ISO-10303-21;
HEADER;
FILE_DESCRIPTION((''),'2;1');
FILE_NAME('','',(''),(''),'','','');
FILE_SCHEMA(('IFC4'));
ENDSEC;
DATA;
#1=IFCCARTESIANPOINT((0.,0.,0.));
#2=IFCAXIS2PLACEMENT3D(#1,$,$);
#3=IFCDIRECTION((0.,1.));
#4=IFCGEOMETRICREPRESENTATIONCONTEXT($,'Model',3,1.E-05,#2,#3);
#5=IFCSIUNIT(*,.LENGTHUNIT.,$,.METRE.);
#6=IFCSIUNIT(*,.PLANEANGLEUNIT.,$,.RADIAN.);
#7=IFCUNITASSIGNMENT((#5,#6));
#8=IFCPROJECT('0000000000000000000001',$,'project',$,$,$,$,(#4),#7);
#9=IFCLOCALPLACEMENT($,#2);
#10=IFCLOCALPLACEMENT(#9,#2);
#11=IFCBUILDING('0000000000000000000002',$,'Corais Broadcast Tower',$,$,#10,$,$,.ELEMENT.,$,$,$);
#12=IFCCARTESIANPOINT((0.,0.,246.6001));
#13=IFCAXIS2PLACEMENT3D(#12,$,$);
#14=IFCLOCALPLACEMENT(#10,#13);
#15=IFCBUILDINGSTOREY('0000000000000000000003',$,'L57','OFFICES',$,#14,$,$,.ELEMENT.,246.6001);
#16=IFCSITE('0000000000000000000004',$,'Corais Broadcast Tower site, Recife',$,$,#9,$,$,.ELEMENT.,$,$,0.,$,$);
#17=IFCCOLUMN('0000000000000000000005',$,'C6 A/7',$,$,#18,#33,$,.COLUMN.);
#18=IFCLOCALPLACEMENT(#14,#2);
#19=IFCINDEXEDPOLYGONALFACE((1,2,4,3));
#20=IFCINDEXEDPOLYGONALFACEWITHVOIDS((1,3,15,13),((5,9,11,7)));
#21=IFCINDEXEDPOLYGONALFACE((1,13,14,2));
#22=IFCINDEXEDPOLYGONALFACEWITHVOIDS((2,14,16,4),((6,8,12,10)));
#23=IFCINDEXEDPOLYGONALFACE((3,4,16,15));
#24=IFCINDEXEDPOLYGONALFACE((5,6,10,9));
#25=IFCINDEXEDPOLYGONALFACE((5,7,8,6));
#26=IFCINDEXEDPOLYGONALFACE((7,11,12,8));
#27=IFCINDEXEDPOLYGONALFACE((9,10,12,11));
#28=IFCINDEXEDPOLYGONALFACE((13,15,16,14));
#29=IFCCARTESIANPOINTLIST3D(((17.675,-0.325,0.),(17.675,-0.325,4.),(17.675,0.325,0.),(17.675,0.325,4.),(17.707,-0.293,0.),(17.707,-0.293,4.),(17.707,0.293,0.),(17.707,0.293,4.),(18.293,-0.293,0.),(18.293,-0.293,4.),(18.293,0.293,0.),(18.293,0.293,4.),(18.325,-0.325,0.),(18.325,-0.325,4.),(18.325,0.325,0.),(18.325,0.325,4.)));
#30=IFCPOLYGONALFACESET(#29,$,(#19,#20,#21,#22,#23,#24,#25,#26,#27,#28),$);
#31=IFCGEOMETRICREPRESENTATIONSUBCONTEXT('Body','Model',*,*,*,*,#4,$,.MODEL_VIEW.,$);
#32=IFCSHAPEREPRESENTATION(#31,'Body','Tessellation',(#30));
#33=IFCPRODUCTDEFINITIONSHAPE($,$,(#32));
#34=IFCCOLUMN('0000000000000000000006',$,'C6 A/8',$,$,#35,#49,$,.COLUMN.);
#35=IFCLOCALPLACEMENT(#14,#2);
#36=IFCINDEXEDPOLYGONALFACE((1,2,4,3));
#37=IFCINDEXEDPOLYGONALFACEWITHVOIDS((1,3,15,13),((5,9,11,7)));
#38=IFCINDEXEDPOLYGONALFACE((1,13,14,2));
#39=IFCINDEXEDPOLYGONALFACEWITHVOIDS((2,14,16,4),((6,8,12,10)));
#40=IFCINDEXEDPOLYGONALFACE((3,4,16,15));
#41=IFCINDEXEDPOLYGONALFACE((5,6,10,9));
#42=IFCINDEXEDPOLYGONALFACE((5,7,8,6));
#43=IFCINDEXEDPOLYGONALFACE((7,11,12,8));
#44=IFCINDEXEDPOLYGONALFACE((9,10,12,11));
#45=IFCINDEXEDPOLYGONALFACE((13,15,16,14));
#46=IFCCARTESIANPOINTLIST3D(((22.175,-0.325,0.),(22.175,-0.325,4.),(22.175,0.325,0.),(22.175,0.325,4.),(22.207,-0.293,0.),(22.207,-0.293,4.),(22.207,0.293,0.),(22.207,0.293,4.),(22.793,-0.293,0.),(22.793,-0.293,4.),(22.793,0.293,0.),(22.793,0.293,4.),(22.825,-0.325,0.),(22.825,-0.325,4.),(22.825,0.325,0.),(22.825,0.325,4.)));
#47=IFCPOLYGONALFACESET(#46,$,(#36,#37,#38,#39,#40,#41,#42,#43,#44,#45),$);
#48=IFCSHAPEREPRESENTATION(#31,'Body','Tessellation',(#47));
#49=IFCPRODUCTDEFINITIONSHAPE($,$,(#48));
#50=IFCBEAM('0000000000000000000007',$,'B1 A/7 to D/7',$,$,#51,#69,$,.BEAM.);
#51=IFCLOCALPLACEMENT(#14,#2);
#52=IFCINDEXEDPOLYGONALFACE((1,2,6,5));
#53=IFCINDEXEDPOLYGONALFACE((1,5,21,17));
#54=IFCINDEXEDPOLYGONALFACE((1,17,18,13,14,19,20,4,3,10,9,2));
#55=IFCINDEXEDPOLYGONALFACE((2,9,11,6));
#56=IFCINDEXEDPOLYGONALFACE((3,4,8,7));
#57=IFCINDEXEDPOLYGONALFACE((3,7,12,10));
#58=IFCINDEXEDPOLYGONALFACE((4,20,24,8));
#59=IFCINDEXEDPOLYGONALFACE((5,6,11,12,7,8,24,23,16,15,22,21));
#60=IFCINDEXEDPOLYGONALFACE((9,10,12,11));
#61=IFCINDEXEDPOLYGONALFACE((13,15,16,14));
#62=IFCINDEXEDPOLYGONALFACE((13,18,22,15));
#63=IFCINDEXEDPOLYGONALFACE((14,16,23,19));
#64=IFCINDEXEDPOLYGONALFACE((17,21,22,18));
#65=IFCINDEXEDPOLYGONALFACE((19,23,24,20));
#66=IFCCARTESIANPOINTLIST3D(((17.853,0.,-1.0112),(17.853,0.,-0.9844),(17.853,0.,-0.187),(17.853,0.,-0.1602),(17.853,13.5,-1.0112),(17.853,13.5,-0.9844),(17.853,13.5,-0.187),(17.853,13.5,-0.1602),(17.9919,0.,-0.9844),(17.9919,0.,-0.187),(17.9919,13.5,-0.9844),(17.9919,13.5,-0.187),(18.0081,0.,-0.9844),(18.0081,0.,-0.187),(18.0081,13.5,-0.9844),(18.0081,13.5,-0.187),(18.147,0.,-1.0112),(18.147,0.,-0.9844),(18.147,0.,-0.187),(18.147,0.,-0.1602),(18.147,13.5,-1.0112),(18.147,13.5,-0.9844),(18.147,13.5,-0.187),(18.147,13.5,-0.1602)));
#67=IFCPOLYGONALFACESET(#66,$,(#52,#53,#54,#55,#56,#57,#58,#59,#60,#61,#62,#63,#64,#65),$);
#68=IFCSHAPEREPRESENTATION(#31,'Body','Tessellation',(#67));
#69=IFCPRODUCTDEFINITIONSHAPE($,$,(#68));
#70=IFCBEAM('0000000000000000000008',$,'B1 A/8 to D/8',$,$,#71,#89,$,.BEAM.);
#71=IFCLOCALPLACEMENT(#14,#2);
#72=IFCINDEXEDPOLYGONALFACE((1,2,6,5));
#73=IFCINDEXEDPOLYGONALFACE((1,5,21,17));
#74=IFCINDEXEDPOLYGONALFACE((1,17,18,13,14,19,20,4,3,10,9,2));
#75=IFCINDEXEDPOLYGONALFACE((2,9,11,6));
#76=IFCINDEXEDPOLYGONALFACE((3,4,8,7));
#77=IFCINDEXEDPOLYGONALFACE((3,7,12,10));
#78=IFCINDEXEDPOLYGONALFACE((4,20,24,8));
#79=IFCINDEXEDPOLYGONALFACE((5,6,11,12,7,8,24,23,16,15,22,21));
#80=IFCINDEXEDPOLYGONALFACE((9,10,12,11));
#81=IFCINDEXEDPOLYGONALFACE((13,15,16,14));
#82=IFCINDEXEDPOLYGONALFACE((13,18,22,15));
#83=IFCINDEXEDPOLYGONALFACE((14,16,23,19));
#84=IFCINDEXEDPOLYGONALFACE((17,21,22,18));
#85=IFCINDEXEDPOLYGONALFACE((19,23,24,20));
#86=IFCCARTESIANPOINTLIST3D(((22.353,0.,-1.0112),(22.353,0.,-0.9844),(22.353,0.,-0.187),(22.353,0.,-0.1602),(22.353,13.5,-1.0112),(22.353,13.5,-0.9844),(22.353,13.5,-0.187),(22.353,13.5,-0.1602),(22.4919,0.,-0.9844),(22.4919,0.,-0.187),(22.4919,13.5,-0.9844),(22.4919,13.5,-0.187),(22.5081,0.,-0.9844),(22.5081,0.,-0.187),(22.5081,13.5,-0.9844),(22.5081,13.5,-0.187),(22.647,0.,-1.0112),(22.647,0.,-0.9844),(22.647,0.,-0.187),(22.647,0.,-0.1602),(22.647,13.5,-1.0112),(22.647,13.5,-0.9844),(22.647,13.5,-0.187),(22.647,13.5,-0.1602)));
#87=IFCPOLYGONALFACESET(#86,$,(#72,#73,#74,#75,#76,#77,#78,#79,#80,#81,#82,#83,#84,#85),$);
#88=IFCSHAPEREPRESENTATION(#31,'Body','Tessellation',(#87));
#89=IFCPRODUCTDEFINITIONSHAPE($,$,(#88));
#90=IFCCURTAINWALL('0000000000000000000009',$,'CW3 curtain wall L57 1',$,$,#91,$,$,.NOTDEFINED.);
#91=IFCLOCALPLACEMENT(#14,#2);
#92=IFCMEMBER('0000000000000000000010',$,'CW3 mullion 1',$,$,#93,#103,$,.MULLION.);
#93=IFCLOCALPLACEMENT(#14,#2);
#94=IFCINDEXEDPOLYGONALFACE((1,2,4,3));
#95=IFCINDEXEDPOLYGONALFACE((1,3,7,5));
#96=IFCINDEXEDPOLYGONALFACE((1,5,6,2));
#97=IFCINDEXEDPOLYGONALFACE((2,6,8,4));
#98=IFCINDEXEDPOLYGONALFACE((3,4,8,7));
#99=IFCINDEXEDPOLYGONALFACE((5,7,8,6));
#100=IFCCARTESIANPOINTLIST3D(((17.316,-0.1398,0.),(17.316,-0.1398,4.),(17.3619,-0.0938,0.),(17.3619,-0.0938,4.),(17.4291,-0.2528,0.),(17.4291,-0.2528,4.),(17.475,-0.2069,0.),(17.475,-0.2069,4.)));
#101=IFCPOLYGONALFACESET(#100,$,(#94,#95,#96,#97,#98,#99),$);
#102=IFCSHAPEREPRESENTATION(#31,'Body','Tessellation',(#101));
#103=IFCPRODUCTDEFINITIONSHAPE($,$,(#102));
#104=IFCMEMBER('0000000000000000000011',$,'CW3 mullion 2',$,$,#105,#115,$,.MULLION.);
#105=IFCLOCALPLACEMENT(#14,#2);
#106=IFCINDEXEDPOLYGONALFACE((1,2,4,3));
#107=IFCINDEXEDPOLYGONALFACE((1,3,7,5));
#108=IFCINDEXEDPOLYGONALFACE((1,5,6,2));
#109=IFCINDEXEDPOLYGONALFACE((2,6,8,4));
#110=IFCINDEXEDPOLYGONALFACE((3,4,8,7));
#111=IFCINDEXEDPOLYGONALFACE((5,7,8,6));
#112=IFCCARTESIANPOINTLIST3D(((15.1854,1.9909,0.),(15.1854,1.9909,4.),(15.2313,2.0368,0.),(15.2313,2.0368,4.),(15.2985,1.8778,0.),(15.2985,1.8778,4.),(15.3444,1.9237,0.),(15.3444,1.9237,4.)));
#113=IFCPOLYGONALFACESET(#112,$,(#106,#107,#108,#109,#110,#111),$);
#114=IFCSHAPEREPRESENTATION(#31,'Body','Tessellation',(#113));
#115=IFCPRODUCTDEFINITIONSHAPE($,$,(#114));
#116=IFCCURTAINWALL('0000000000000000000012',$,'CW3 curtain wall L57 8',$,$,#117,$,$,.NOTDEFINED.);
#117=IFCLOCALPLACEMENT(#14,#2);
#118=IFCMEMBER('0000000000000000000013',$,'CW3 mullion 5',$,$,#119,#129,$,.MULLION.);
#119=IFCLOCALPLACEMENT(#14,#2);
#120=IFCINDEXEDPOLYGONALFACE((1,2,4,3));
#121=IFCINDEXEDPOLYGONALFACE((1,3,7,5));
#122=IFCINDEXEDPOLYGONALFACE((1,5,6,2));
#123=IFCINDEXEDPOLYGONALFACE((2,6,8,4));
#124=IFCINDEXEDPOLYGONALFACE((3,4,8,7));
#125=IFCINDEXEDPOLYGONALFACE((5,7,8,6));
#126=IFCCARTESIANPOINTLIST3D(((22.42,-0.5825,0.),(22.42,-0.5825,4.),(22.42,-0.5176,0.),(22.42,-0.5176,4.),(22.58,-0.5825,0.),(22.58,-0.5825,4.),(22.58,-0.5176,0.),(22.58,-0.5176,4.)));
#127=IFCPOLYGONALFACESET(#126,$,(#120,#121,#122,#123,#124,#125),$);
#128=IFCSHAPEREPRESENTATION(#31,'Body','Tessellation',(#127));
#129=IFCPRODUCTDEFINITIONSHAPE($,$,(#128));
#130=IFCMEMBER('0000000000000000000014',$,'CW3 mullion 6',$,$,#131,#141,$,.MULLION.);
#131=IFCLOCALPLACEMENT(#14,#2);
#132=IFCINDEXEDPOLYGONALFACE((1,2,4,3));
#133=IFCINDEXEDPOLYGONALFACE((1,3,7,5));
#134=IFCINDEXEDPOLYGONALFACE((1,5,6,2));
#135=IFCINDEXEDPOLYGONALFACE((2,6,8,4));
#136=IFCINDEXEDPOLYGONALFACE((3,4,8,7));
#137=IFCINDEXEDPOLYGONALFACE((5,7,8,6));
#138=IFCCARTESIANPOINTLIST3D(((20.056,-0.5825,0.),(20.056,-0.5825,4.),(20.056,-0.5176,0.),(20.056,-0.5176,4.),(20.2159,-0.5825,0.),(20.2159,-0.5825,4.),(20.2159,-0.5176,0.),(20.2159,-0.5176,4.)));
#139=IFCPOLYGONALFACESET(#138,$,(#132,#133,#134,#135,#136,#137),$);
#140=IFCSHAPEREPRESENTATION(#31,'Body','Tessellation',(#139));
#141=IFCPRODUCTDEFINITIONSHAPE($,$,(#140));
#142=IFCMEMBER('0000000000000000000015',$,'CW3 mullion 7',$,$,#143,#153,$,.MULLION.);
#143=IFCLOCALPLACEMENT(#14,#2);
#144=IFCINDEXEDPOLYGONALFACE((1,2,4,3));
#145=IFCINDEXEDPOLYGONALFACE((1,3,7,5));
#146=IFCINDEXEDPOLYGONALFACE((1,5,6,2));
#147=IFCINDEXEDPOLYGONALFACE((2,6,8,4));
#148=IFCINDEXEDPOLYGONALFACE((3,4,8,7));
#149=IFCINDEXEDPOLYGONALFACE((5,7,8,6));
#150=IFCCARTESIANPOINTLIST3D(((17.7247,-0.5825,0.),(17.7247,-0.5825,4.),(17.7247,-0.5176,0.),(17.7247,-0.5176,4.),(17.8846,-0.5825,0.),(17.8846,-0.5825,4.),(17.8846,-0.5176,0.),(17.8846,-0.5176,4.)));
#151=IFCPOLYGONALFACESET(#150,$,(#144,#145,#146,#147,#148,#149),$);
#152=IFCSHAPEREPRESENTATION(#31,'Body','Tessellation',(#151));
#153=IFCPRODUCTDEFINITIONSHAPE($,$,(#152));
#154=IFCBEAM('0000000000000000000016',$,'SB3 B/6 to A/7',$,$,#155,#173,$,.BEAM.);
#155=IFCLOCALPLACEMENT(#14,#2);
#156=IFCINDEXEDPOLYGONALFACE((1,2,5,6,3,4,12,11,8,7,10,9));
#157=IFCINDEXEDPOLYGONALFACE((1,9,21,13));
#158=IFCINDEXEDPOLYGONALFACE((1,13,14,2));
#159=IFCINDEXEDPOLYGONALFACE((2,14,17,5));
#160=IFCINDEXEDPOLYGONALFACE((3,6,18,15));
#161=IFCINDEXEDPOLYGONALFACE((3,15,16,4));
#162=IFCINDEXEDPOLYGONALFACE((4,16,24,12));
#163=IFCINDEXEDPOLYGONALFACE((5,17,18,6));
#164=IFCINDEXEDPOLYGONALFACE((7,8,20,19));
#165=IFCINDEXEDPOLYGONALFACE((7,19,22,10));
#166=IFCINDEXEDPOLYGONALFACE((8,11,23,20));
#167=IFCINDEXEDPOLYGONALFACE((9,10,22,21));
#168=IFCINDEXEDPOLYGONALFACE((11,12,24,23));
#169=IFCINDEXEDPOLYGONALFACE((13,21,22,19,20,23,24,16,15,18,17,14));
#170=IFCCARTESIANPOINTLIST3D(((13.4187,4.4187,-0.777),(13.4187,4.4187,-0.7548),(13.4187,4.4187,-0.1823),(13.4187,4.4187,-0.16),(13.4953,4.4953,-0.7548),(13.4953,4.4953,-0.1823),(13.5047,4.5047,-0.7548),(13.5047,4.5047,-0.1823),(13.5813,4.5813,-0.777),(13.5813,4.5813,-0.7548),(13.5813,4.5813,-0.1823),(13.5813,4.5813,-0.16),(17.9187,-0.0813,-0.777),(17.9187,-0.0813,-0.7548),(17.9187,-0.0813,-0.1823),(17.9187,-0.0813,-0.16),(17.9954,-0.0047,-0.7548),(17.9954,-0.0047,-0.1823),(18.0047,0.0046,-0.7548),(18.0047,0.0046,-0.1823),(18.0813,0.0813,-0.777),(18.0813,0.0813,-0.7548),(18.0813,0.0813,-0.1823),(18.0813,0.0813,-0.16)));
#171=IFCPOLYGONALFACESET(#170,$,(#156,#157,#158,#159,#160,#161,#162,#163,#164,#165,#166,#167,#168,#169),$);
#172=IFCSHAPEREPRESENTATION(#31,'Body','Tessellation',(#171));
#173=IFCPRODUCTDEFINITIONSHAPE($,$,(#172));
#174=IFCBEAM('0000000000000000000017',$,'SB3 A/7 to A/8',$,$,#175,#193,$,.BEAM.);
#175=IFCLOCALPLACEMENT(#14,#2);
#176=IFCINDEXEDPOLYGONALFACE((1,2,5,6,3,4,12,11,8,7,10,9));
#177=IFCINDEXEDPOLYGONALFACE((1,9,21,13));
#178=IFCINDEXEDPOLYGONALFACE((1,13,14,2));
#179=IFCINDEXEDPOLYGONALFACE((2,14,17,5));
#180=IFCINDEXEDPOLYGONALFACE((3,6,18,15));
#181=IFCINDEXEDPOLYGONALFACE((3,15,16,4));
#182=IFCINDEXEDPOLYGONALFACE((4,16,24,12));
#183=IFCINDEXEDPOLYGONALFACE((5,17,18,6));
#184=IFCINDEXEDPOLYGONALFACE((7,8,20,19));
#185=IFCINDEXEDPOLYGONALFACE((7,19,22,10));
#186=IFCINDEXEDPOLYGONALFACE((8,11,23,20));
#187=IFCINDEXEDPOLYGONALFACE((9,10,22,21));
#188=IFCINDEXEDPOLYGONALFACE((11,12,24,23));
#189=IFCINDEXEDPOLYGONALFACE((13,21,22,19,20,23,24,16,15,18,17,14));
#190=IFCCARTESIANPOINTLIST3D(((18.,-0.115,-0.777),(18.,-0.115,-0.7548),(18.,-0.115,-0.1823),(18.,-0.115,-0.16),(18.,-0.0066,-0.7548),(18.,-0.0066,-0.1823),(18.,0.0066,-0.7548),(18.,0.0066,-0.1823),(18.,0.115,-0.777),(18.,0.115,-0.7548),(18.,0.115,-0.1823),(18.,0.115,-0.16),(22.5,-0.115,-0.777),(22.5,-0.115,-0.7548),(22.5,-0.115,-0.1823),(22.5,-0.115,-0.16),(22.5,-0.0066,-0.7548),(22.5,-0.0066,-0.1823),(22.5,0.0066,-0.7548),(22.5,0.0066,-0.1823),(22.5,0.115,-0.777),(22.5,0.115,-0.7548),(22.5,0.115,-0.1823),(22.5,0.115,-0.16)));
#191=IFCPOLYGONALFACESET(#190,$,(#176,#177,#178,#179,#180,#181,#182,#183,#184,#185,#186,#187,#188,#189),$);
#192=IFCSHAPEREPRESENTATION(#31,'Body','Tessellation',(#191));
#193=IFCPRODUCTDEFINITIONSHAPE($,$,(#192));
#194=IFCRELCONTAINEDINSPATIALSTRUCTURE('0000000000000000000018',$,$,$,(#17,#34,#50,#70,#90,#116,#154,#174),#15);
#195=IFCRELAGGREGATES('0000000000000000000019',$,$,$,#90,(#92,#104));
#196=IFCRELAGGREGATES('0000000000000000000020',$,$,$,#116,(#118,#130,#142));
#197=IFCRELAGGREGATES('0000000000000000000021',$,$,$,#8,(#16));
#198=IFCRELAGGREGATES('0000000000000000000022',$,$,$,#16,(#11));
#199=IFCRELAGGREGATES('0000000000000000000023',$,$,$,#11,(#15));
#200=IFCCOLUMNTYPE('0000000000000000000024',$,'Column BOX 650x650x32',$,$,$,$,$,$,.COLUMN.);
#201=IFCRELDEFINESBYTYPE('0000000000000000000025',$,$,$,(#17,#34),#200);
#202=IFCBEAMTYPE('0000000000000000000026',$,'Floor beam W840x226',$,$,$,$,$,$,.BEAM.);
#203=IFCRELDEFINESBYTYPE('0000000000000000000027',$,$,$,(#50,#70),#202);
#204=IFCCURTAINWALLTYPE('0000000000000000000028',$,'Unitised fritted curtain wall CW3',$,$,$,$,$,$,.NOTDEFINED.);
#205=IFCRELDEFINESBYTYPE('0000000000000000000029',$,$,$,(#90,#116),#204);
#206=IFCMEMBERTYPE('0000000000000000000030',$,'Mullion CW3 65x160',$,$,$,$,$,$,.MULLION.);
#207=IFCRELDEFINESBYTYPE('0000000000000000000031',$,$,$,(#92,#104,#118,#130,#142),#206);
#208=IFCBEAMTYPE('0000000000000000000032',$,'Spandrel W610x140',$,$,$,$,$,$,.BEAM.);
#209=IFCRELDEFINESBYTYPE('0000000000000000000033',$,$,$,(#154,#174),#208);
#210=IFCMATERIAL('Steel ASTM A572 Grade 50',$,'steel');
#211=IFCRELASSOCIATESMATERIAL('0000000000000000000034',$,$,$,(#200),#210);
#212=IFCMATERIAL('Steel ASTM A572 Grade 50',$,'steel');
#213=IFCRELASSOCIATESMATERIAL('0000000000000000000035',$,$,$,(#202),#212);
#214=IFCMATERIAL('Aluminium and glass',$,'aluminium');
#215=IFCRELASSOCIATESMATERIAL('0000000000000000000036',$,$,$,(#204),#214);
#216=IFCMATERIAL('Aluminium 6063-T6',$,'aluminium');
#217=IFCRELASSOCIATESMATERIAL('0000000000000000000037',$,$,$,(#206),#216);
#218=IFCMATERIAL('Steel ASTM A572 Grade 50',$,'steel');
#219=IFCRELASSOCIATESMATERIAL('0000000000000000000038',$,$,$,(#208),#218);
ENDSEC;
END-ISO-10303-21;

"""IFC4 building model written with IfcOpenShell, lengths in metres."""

from ifc_helpers import new_model, si_unit, direction, frame, origin, origin_2d, place, context, subcontext, project, spatial, rectangle, hollow_rectangle, i_section, extrude, material, material_profile, profile_set, type_object, element, aggregate, save


model = new_model("IFC4")

# Units and contexts
model_context = context("Model", 3, precision=1e-05, world=origin(), true_north=direction((0.0, 1.0)))
body_context = subcontext(model_context, "Body", "Model", "MODEL_VIEW")
ifc_project = project(units=[si_unit("LENGTHUNIT", "METRE"), si_unit("PLANEANGLEUNIT", "RADIAN")], contexts=[model_context])

# Site, building, storey
site_placement = place(None, origin())
site = spatial("IfcSite", under=ifc_project, at=site_placement, Name="Corais Broadcast Tower site, Recife", CompositionType="ELEMENT", RefElevation=0.0)
building_placement = place(site_placement, origin())
building = spatial("IfcBuilding", under=site, at=building_placement, Name="Corais Broadcast Tower", CompositionType="ELEMENT")
storey_placement = place(building_placement, frame((0.0, 0.0, 246.6001)))
storey = spatial("IfcBuildingStorey", under=building, at=storey_placement, Name="L57", Description="OFFICES", CompositionType="ELEMENT", Elevation=246.6001)

# Columns
ifc_material_1 = material(Name="Steel ASTM A572 Grade 50", Category="steel")
ifc_material_profile_1 = material_profile(ifc_material_1, hollow_rectangle(XDim=0.6499, YDim=0.6499, WallThickness=0.032, at=origin_2d()), Name="BOX 650x650x32")
ifc_profile_set_1 = profile_set([ifc_material_profile_1], Name="Steel ASTM A572 Grade 50")
column_type = type_object("IfcColumnType", Name="Column BOX 650x650x32", PredefinedType="COLUMN", material=ifc_profile_set_1)
for number, where, z_axis, x_axis, name in (
    (1, (18.0, 0.0, 0.0), (0.0, 0.0, 1.0), (1.0, 0.0, 0.0), "C6 A/7"),
    (2, (22.5, 0.0, 0.0), (0.0, 0.0, 1.0), (1.0, 0.0, 0.0), "C6 A/8"),
):
    element("IfcColumn", number, at=place(storey_placement, frame(where, z_axis=z_axis, x_axis=x_axis)), inside=storey, type_object=column_type, Name=name, PredefinedType="COLUMN", context=body_context, shape_type="SweptSolid", body=[
        extrude(hollow_rectangle(XDim=0.6499, YDim=0.6499, WallThickness=0.032, at=origin_2d()), origin(), (0.0, 0.0, 1.0), 4.0),
    ])

# Beams
ifc_material_2 = material(Name="Steel ASTM A572 Grade 50", Category="steel")
ifc_material_profile_2 = material_profile(ifc_material_2, i_section(OverallWidth=0.2939, OverallDepth=0.8511, WebThickness=0.0161, FlangeThickness=0.0269, at=origin_2d()), Name="W840x226")
ifc_profile_set_2 = profile_set([ifc_material_profile_2], Name="Steel ASTM A572 Grade 50")
beam_type_1 = type_object("IfcBeamType", Name="Floor beam W840x226", PredefinedType="BEAM", material=ifc_profile_set_2)
for number, where, z_axis, x_axis, name in (
    (3, (18.0, 0.0, -0.5857), (0.0, 1.0, 0.0), (-1.0, 0.0, 0.0), "B1 A/7 to D/7"),
    (4, (22.5, 0.0, -0.5857), (0.0, 1.0, 0.0), (-1.0, 0.0, 0.0), "B1 A/8 to D/8"),
):
    element("IfcBeam", number, at=place(storey_placement, frame(where, z_axis=z_axis, x_axis=x_axis)), inside=storey, type_object=beam_type_1, Name=name, PredefinedType="BEAM", context=body_context, shape_type="SweptSolid", body=[
        extrude(i_section(OverallWidth=0.2939, OverallDepth=0.8511, WebThickness=0.0161, FlangeThickness=0.0269, at=origin_2d()), origin(), (0.0, 0.0, 1.0), 13.5),
    ])

# Curtain walls, members
ifc_material_3 = material(Name="Aluminium and glass", Category="aluminium")
curtain_wall_type = type_object("IfcCurtainWallType", Name="Unitised fritted curtain wall CW3", PredefinedType="NOTDEFINED", material=ifc_material_3)
curtain_wall_1_placement = place(storey_placement, origin())
curtain_wall_1 = element("IfcCurtainWall", 5, at=curtain_wall_1_placement, inside=storey, type_object=curtain_wall_type, Name="CW3 curtain wall L57 1", PredefinedType="NOTDEFINED")
ifc_material_4 = material(Name="Aluminium 6063-T6", Category="aluminium")
ifc_material_profile_3 = material_profile(ifc_material_4, rectangle(XDim=0.0649, YDim=0.1599, at=origin_2d()), Name="Mullion CW3 65x160")
ifc_profile_set_3 = profile_set([ifc_material_profile_3], Name="Aluminium 6063-T6")
member_type_1 = type_object("IfcMemberType", Name="Mullion CW3 65x160", PredefinedType="MULLION", material=ifc_profile_set_3)
member_1_placement = place(storey_placement, frame((17.3955, -0.1733, 0.0), z_axis=(0.0, 0.0, 1.0), x_axis=(-0.707107, -0.707107, 0.0)))
member_1 = element("IfcMember", 6, at=member_1_placement, type_object=member_type_1, Name="CW3 mullion 1", PredefinedType="MULLION", context=body_context, shape_type="SweptSolid", body=[
    extrude(rectangle(XDim=0.0649, YDim=0.1599, at=origin_2d()), origin(), (0.0, 0.0, 1.0), 4.0),
])
member_2_placement = place(storey_placement, frame((15.2649, 1.9573, 0.0), z_axis=(0.0, 0.0, 1.0), x_axis=(-0.707107, -0.707107, 0.0)))
member_2 = element("IfcMember", 7, at=member_2_placement, type_object=member_type_1, Name="CW3 mullion 2", PredefinedType="MULLION", context=body_context, shape_type="SweptSolid", body=[
    extrude(rectangle(XDim=0.0649, YDim=0.1599, at=origin_2d()), origin(), (0.0, 0.0, 1.0), 4.0),
])
curtain_wall_2_placement = place(storey_placement, origin())
curtain_wall_2 = element("IfcCurtainWall", 8, at=curtain_wall_2_placement, inside=storey, type_object=curtain_wall_type, Name="CW3 curtain wall L57 8", PredefinedType="NOTDEFINED")
member_3_placement = place(storey_placement, frame((22.5, -0.55, 0.0), z_axis=(0.0, 0.0, 1.0), x_axis=(0.0, -1.0, 0.0)))
member_3 = element("IfcMember", 9, at=member_3_placement, type_object=member_type_1, Name="CW3 mullion 5", PredefinedType="MULLION", context=body_context, shape_type="SweptSolid", body=[
    extrude(rectangle(XDim=0.0649, YDim=0.1599, at=origin_2d()), origin(), (0.0, 0.0, 1.0), 4.0),
])
member_4_placement = place(storey_placement, frame((20.136, -0.55, 0.0), z_axis=(0.0, 0.0, 1.0), x_axis=(0.0, -1.0, 0.0)))
member_4 = element("IfcMember", 10, at=member_4_placement, type_object=member_type_1, Name="CW3 mullion 6", PredefinedType="MULLION", context=body_context, shape_type="SweptSolid", body=[
    extrude(rectangle(XDim=0.0649, YDim=0.1599, at=origin_2d()), origin(), (0.0, 0.0, 1.0), 4.0),
])
member_5_placement = place(storey_placement, frame((17.8047, -0.55, 0.0), z_axis=(0.0, 0.0, 1.0), x_axis=(0.0, -1.0, 0.0)))
member_5 = element("IfcMember", 11, at=member_5_placement, type_object=member_type_1, Name="CW3 mullion 7", PredefinedType="MULLION", context=body_context, shape_type="SweptSolid", body=[
    extrude(rectangle(XDim=0.0649, YDim=0.1599, at=origin_2d()), origin(), (0.0, 0.0, 1.0), 4.0),
])

# Beams
ifc_material_5 = material(Name="Steel ASTM A572 Grade 50", Category="steel")
ifc_material_profile_4 = material_profile(ifc_material_5, i_section(OverallWidth=0.23, OverallDepth=0.6169, WebThickness=0.0132, FlangeThickness=0.0222, at=origin_2d()), Name="W610x140")
ifc_profile_set_4 = profile_set([ifc_material_profile_4], Name="Steel ASTM A572 Grade 50")
beam_type_2 = type_object("IfcBeamType", Name="Spandrel W610x140", PredefinedType="BEAM", material=ifc_profile_set_4)
beam_placement = place(storey_placement, frame((13.5, 4.5, -0.4685), z_axis=(0.707107, -0.707107, 0.0), x_axis=(0.707107, 0.707107, 0.0)))
element("IfcBeam", 12, at=beam_placement, inside=storey, type_object=beam_type_2, Name="SB3 B/6 to A/7", PredefinedType="BEAM", context=body_context, shape_type="SweptSolid", body=[
    extrude(i_section(OverallWidth=0.23, OverallDepth=0.6169, WebThickness=0.0132, FlangeThickness=0.0222, at=origin_2d()), origin(), (0.0, 0.0, 1.0), 6.364),
])
for number, where, z_axis, x_axis, name in (
    (13, (18.0, 0.0, -0.4685), (1.0, 0.0, 0.0), (0.0, 1.0, 0.0), "SB3 A/7 to A/8"),
):
    element("IfcBeam", number, at=place(storey_placement, frame(where, z_axis=z_axis, x_axis=x_axis)), inside=storey, type_object=beam_type_2, Name=name, PredefinedType="BEAM", context=body_context, shape_type="SweptSolid", body=[
        extrude(i_section(OverallWidth=0.23, OverallDepth=0.6169, WebThickness=0.0132, FlangeThickness=0.0222, at=origin_2d()), origin(), (0.0, 0.0, 1.0), 4.5),
    ])

aggregate(curtain_wall_1, [member_1, member_2])
aggregate(curtain_wall_2, [member_3, member_4, member_5])

save(model, "model.ifc")
